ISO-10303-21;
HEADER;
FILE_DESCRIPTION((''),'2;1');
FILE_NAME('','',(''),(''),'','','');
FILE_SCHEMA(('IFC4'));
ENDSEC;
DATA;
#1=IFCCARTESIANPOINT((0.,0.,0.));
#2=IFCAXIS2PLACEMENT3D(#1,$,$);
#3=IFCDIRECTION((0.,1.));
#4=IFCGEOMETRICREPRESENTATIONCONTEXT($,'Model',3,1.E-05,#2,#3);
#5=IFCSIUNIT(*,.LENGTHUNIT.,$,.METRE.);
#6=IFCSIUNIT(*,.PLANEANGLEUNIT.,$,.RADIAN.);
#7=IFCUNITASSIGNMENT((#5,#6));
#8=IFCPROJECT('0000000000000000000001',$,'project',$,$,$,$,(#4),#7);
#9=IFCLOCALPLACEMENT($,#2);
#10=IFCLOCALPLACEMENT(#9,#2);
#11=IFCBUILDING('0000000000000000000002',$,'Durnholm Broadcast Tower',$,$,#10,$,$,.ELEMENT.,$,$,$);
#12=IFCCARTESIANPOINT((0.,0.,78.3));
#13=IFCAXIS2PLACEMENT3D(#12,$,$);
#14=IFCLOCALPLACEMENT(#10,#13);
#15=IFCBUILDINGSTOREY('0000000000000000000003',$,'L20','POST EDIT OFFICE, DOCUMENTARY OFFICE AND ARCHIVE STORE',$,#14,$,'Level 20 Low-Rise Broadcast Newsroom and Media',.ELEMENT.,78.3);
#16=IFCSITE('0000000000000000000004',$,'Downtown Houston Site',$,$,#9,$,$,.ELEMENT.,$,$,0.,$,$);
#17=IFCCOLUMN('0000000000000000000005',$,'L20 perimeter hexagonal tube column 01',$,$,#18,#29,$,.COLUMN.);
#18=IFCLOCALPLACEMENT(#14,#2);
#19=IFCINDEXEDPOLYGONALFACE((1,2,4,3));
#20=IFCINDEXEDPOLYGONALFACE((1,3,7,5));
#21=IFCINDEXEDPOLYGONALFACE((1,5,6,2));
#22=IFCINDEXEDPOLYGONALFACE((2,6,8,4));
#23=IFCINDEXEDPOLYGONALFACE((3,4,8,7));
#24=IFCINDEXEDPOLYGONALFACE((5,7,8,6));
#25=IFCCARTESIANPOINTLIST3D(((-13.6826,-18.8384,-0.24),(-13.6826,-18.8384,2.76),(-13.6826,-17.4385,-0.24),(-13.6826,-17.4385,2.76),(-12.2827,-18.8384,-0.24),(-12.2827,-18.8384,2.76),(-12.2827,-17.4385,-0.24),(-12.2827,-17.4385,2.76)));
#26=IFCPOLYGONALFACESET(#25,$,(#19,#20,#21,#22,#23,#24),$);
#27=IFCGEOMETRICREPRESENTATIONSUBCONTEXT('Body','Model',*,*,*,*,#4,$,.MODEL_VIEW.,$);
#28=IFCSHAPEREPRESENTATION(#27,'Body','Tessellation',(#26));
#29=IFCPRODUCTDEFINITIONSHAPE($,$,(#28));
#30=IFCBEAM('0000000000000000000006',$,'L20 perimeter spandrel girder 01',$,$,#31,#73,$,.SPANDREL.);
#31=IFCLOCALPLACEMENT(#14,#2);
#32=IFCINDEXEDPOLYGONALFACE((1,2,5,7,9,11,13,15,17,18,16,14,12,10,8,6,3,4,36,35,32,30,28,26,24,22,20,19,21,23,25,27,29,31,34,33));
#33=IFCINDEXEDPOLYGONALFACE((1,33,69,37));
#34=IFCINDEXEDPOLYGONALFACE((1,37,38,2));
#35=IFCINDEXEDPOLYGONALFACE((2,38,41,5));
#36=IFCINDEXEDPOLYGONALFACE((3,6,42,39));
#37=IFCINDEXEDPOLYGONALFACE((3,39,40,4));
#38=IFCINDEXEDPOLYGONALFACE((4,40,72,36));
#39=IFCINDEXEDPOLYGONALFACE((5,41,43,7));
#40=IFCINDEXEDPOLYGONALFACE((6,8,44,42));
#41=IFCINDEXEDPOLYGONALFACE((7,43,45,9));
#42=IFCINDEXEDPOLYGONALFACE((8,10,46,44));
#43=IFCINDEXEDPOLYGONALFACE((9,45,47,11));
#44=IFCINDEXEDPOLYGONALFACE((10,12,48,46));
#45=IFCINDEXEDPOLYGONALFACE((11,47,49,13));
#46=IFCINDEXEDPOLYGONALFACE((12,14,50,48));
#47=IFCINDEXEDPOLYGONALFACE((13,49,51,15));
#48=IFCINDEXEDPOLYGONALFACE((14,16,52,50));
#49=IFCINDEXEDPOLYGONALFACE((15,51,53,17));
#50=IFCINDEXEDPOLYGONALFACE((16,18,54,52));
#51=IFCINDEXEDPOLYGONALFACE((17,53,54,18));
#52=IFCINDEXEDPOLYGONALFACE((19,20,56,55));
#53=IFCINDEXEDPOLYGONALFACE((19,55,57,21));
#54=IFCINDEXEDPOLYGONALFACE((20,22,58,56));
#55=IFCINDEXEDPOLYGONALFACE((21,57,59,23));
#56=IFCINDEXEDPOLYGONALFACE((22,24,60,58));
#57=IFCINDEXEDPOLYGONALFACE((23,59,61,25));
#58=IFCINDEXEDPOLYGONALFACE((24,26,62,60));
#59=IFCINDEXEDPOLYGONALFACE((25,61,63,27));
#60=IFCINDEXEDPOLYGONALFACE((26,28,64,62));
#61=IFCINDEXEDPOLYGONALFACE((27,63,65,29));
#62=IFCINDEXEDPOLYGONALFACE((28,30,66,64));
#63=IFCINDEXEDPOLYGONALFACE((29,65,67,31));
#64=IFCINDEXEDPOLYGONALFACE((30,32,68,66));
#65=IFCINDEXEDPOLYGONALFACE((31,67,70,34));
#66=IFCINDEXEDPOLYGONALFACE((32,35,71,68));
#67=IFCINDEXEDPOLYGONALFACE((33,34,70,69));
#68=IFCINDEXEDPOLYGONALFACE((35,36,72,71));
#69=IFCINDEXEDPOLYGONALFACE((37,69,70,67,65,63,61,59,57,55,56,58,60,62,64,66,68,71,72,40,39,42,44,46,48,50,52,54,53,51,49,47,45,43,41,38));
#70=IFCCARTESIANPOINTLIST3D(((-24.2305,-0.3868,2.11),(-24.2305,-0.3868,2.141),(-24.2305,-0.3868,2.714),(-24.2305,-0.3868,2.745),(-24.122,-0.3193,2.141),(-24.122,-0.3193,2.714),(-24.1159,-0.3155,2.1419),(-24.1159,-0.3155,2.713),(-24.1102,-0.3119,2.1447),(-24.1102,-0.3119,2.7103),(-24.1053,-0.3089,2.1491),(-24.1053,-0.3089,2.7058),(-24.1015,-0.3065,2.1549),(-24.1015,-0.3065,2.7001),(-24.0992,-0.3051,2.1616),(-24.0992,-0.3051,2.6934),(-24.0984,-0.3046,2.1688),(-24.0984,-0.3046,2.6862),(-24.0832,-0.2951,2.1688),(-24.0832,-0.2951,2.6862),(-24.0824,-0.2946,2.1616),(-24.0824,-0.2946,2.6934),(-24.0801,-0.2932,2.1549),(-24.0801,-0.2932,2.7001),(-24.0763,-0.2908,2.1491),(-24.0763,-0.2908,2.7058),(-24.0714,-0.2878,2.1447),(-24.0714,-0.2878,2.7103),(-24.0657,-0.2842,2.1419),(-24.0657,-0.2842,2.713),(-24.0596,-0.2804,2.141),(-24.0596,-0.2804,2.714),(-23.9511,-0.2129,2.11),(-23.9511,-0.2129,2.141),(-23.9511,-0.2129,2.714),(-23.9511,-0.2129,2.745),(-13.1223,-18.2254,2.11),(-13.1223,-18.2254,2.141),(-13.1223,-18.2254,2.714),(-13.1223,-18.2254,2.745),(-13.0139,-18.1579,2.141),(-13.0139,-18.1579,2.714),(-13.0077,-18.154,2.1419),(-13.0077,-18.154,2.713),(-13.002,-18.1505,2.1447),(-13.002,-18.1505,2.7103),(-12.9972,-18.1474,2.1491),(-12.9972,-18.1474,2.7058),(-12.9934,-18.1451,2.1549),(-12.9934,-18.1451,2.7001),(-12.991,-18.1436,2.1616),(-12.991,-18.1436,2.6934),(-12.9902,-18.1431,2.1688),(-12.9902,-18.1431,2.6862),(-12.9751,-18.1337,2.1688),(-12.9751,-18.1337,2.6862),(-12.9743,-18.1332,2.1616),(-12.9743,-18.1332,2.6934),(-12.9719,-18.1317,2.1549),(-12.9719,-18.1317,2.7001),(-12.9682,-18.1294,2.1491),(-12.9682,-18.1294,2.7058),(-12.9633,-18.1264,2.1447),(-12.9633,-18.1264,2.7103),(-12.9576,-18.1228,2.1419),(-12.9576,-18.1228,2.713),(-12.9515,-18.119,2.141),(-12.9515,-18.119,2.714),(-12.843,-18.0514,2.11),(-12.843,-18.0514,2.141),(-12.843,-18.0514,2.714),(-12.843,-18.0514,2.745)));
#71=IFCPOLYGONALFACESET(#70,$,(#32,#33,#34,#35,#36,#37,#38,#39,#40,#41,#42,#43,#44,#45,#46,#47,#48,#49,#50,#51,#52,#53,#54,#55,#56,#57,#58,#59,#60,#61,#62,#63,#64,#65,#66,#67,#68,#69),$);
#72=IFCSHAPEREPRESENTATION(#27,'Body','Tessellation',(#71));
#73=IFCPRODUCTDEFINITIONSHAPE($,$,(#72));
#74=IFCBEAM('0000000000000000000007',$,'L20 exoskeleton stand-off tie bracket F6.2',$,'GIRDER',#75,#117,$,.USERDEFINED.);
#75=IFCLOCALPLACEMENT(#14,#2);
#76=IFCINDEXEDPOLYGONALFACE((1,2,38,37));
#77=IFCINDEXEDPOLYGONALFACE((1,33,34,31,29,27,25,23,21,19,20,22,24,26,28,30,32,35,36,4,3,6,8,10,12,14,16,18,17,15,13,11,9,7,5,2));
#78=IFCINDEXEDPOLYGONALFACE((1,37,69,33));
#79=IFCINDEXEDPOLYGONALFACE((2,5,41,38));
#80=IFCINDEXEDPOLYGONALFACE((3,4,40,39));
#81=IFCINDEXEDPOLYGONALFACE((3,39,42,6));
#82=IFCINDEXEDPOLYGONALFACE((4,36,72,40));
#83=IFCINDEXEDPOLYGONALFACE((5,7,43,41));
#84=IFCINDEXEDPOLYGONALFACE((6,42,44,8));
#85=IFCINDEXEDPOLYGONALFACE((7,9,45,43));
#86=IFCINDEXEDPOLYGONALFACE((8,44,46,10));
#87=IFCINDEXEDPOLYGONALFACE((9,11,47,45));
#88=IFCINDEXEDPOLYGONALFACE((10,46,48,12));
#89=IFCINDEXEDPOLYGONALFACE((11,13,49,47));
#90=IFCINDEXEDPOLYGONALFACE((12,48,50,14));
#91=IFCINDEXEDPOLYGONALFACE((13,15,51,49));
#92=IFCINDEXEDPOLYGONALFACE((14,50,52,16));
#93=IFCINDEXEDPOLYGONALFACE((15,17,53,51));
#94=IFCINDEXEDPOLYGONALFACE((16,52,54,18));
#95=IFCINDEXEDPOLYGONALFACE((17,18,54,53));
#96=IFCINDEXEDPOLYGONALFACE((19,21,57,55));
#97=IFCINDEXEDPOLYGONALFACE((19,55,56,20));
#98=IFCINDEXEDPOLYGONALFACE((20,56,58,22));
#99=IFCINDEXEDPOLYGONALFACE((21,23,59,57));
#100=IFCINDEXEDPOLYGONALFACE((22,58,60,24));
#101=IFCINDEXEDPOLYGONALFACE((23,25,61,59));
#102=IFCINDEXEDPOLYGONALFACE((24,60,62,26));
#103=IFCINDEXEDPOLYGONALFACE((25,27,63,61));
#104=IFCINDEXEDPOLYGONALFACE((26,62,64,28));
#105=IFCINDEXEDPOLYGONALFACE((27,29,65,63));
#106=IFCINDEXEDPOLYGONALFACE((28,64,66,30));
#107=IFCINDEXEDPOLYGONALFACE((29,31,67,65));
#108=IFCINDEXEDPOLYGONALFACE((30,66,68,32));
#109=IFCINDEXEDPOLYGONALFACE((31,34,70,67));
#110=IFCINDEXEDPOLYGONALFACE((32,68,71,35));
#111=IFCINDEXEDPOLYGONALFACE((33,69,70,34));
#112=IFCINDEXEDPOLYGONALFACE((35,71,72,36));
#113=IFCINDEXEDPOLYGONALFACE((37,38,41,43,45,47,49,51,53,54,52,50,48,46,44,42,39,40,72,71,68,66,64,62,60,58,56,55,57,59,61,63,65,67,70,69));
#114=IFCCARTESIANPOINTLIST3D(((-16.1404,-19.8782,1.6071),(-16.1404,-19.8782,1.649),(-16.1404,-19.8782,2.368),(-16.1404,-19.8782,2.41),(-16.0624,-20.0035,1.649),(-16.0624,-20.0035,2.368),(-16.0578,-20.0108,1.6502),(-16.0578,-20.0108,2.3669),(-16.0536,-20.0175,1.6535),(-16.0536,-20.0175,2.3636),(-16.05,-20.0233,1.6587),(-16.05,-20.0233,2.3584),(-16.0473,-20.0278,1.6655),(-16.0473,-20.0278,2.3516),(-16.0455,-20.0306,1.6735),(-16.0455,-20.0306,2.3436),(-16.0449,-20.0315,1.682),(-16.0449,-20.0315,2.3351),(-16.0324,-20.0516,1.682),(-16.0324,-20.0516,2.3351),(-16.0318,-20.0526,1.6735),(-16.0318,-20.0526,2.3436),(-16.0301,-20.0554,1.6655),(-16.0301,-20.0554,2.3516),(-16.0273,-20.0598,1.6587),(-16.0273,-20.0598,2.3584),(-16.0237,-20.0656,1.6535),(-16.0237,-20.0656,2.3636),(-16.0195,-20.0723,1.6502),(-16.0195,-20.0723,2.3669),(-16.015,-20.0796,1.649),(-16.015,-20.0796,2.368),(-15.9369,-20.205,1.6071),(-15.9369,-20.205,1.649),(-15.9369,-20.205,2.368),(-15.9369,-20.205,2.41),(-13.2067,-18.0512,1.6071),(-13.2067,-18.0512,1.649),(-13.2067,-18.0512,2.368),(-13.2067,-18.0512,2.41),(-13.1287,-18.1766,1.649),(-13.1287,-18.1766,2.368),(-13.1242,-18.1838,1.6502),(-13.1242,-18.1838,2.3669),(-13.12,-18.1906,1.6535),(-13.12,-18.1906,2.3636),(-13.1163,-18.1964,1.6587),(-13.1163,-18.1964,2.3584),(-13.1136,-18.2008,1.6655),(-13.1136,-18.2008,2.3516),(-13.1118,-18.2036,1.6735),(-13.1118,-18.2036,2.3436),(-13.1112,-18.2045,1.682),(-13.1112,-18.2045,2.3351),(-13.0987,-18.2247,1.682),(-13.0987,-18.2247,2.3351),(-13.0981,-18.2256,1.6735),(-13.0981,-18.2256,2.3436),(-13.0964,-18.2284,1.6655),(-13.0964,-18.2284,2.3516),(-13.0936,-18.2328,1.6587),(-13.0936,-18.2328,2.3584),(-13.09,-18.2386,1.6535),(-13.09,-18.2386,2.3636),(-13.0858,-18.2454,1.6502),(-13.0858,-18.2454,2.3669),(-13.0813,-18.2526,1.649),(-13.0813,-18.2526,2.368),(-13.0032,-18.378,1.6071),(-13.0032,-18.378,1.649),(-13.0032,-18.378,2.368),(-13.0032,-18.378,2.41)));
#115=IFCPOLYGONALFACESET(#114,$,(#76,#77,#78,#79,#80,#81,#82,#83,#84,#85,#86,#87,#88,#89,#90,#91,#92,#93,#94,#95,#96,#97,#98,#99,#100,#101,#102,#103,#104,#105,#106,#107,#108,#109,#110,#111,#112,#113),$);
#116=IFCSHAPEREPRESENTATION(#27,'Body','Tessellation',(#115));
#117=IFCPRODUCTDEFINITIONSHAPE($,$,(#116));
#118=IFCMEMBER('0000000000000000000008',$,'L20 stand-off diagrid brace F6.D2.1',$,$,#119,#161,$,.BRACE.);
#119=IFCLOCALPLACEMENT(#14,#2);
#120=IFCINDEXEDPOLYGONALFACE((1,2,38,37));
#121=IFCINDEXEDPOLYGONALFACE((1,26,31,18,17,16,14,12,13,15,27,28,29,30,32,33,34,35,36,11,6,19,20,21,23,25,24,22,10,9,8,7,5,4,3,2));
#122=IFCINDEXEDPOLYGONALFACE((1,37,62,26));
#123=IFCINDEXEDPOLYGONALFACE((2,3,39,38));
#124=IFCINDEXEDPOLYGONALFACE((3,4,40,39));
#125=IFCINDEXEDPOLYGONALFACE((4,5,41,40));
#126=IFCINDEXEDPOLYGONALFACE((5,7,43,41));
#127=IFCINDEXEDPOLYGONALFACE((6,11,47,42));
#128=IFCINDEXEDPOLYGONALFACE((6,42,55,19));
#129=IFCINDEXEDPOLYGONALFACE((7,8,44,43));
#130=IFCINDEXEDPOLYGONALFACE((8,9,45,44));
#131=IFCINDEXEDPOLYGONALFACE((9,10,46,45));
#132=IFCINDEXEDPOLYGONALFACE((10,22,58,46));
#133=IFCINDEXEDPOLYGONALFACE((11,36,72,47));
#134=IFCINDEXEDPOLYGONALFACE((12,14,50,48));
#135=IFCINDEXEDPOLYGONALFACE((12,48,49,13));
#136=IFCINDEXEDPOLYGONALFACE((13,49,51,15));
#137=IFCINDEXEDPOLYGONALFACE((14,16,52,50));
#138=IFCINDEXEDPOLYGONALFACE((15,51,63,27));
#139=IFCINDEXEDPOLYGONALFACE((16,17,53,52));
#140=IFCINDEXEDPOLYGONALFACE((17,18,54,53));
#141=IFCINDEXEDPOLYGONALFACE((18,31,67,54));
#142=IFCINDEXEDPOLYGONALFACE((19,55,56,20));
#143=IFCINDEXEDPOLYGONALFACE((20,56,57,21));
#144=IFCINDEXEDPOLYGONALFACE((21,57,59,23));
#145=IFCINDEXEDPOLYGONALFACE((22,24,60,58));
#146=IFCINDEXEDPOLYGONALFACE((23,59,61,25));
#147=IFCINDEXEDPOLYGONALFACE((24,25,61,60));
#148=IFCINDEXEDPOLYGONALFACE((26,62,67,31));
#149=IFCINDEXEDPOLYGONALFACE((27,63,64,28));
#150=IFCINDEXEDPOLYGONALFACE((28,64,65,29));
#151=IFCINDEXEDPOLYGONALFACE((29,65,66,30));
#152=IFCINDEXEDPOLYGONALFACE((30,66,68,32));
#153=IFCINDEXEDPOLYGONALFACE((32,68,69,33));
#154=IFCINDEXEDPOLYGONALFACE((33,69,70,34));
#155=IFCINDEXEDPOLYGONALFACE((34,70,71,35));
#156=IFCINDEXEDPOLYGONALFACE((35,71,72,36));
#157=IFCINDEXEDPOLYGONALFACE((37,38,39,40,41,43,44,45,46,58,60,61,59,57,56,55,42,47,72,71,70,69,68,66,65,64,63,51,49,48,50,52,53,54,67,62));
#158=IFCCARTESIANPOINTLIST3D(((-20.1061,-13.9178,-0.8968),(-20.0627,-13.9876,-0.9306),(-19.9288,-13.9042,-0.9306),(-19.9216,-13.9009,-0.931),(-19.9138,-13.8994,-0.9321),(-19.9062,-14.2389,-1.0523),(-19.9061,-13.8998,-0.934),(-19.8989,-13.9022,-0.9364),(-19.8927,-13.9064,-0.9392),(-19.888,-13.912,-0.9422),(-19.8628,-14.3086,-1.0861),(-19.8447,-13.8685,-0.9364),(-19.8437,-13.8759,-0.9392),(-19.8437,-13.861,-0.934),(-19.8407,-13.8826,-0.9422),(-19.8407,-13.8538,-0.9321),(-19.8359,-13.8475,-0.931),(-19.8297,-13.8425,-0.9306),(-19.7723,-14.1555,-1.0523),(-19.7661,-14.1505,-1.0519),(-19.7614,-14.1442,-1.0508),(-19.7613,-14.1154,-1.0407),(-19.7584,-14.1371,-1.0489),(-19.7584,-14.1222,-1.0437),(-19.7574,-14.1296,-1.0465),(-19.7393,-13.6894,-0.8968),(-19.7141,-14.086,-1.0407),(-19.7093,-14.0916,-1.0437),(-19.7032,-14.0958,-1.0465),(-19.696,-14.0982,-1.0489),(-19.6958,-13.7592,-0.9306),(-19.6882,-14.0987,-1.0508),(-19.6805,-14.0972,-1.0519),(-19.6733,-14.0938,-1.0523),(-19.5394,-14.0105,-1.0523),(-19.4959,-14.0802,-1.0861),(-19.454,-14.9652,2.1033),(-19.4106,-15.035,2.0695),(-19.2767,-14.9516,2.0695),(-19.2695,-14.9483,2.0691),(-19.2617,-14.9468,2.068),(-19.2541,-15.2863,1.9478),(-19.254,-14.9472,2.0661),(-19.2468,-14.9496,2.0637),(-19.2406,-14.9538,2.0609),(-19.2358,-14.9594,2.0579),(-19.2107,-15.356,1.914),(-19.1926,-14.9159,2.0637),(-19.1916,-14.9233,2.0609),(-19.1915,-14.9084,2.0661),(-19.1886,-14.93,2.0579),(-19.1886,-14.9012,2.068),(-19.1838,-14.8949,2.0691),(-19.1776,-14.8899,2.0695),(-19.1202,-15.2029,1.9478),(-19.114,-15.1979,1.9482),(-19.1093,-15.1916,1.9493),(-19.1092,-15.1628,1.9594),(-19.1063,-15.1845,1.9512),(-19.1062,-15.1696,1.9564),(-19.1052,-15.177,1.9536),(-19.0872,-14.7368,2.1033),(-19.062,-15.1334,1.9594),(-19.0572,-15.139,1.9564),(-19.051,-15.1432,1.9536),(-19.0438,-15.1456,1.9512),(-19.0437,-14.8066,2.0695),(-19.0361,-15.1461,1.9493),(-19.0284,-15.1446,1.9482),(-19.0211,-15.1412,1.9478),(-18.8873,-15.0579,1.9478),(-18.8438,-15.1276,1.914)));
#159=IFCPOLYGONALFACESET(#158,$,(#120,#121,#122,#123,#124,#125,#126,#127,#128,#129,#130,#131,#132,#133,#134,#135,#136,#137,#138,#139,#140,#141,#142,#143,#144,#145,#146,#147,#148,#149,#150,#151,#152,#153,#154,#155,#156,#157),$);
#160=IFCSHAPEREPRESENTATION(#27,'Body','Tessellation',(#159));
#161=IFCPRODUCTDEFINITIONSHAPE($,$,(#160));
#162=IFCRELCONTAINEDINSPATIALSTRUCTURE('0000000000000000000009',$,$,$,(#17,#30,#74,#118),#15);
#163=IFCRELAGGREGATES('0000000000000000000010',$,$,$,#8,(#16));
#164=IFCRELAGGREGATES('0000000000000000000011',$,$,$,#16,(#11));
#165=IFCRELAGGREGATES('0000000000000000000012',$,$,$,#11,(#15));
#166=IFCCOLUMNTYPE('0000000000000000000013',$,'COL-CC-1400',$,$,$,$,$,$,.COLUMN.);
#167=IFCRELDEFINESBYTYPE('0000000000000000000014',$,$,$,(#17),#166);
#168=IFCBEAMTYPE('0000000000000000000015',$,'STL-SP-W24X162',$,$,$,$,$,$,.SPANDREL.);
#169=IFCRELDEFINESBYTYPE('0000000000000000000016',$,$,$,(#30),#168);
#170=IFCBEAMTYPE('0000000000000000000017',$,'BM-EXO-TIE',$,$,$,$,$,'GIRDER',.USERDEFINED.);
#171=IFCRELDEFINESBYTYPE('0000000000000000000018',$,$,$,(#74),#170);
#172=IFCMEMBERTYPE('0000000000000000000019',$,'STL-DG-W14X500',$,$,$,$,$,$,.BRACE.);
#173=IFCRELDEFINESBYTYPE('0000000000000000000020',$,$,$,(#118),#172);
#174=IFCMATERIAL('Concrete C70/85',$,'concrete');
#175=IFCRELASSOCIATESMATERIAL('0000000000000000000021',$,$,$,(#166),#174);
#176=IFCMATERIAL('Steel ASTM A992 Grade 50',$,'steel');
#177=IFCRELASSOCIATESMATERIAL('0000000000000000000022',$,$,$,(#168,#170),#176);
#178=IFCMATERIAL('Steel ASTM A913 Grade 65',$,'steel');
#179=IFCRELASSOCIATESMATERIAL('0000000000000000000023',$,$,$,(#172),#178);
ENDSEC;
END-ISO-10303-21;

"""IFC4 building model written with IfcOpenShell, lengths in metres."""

from ifc_helpers import new_model, si_unit, direction, frame, origin, origin_2d, place, context, subcontext, project, spatial, rectangle, i_section, extrude, source, transform, mapped, material, material_profile, profile_set, type_object, type_shapes, element, save


model = new_model("IFC4")

# Units and contexts
model_context = context("Model", 3, precision=1e-05, world=origin(), true_north=direction((0.0, 1.0)))
body_context = subcontext(model_context, "Body", "Model", "MODEL_VIEW")
ifc_project = project(units=[si_unit("LENGTHUNIT", "METRE"), si_unit("PLANEANGLEUNIT", "RADIAN")], contexts=[model_context])

# Site, building, storey
site_placement = place(None, origin())
site = spatial("IfcSite", under=ifc_project, at=site_placement, Name="Downtown Houston Site", CompositionType="ELEMENT", RefElevation=0.0)
building_placement = place(site_placement, origin())
building = spatial("IfcBuilding", under=site, at=building_placement, Name="Durnholm Broadcast Tower", CompositionType="ELEMENT")
storey_placement = place(building_placement, frame((0.0, 0.0, 78.3)))
storey = spatial("IfcBuildingStorey", under=building, at=storey_placement, Name="L20", Description="POST EDIT OFFICE, DOCUMENTARY OFFICE AND ARCHIVE STORE", LongName="Level 20 Low-Rise Broadcast Newsroom and Media", CompositionType="ELEMENT", Elevation=78.3)

# Column
ifc_material_1 = material(Name="Concrete C70/85", Category="concrete")
ifc_material_profile_1 = material_profile(ifc_material_1, rectangle(XDim=1.3999, YDim=1.3999, at=origin_2d()), Name="RC1400X1400")
ifc_profile_set_1 = profile_set([ifc_material_profile_1], Name="Concrete C70/85")
column_type = type_object("IfcColumnType", Name="COL-CC-1400", PredefinedType="COLUMN", material=ifc_profile_set_1)
shared_shape_1 = source(origin(), body_context, "Body", "SweptSolid", [
    extrude(rectangle(XDim=1.3999, YDim=1.3999, at=origin_2d()), origin(), (0.0, 0.0, 1.0), 3.0),
])
type_shapes(column_type, [shared_shape_1])
column_placement = place(storey_placement, frame((-12.9827, -18.1384, -0.24), z_axis=(0.0, 0.0, 1.0), x_axis=(1.0, 0.0, 0.0)))
element("IfcColumn", 1, at=column_placement, inside=storey, type_object=column_type, Name="L20 perimeter hexagonal tube column 01", PredefinedType="COLUMN", context=body_context, shape_type="MappedRepresentation", body=[
    mapped(shared_shape_1, transform((0.0, 0.0, 0.0), x_axis=(1.0, 0.0, 0.0), y_axis=(0.0, 1.0, 0.0), z_axis=(0.0, 0.0, 1.0), scale=1.0)),
])

# Beams
ifc_material_2 = material(Name="Steel ASTM A992 Grade 50", Category="steel")
ifc_material_profile_2 = material_profile(ifc_material_2, i_section(OverallWidth=0.3291, OverallDepth=0.635, WebThickness=0.0178, FlangeThickness=0.031, FilletRadius=0.0278, at=origin_2d()), Name="W24X162")
ifc_profile_set_2 = profile_set([ifc_material_profile_2], Name="Steel ASTM A992 Grade 50")
beam_type_1 = type_object("IfcBeamType", Name="STL-SP-W24X162", PredefinedType="SPANDREL", material=ifc_profile_set_2)
shared_shape_2 = source(origin(), body_context, "Body", "SweptSolid", [
    extrude(i_section(OverallWidth=0.3291, OverallDepth=0.635, WebThickness=0.0178, FlangeThickness=0.031, FilletRadius=0.0278, at=origin_2d()), origin(), (0.0, 0.0, 1.0), 21.0144),
])
type_shapes(beam_type_1, [shared_shape_2])
beam_1_placement = place(storey_placement, frame((-12.9827, -18.1384, 2.4275), z_axis=(-0.528596, 0.848874, 0.0), x_axis=(-0.848874, -0.528596, 0.0)))
element("IfcBeam", 2, at=beam_1_placement, inside=storey, type_object=beam_type_1, Name="L20 perimeter spandrel girder 01", PredefinedType="SPANDREL", context=body_context, shape_type="MappedRepresentation", body=[
    mapped(shared_shape_2, transform((0.0, 0.0, 0.0), x_axis=(1.0, 0.0, 0.0), y_axis=(0.0, 1.0, 0.0), z_axis=(0.0, 0.0, 1.0), scale=1.0)),
])
ifc_material_profile_3 = material_profile(ifc_material_2, i_section(OverallWidth=0.385, OverallDepth=0.803, WebThickness=0.0237, FlangeThickness=0.042, FilletRadius=0.033, at=origin_2d()), Name="W30X261")
ifc_profile_set_3 = profile_set([ifc_material_profile_3], Name="Steel ASTM A992 Grade 50")
beam_type_2 = type_object("IfcBeamType", Name="BM-EXO-TIE", ElementType="GIRDER", PredefinedType="USERDEFINED", material=ifc_profile_set_3)
shared_shape_3 = source(origin(), body_context, "Body", "SweptSolid", [
    extrude(i_section(OverallWidth=0.385, OverallDepth=0.803, WebThickness=0.0237, FlangeThickness=0.042, FilletRadius=0.033, at=origin_2d()), origin(), (0.0, 0.0, 1.0), 3.4561),
])
type_shapes(beam_type_2, [shared_shape_3])
beam_2_placement = place(storey_placement, frame((-13.105, -18.2146, 2.0085), z_axis=(-0.848854, -0.528627, 0.0), x_axis=(0.528627, -0.848854, 0.0)))
element("IfcBeam", 3, at=beam_2_placement, inside=storey, type_object=beam_type_2, Name="L20 exoskeleton stand-off tie bracket F6.2", ObjectType="GIRDER", PredefinedType="USERDEFINED", context=body_context, shape_type="MappedRepresentation", body=[
    mapped(shared_shape_3, transform((0.0, 0.0, 0.0), x_axis=(1.0, 0.0, 0.0), y_axis=(0.0, 1.0, 0.0), z_axis=(0.0, 0.0, 1.0), scale=1.0)),
])

# Member
ifc_material_3 = material(Name="Steel ASTM A913 Grade 65", Category="steel")
ifc_material_profile_4 = material_profile(ifc_material_3, i_section(OverallWidth=0.4321, OverallDepth=0.4978, WebThickness=0.0557, FlangeThickness=0.0889, FilletRadius=0.0305, at=origin_2d()), Name="W14X500")
ifc_profile_set_4 = profile_set([ifc_material_profile_4], Name="Steel ASTM A913 Grade 65")
member_type_1 = type_object("IfcMemberType", Name="STL-DG-W14X500", PredefinedType="BRACE", material=ifc_profile_set_4)
shared_shape_4 = source(origin(), body_context, "Body", "SweptSolid", [
    extrude(i_section(OverallWidth=0.4321, OverallDepth=0.4978, WebThickness=0.0557, FlangeThickness=0.0889, FilletRadius=0.0305, at=origin_2d()), origin(), (0.0, 0.0, 1.0), 3.2439),
])
type_shapes(member_type_1, [shared_shape_4])
for number, where, z_axis, x_axis, name in (
    (4, (-19.801, -13.999, -0.9915), (0.20103, -0.322882, 0.924843), (0.848909, 0.52854, 0.0), "L20 stand-off diagrid brace F6.D2.1"),
):
    element("IfcMember", number, at=place(storey_placement, frame(where, z_axis=z_axis, x_axis=x_axis)), inside=storey, type_object=member_type_1, Name=name, PredefinedType="BRACE", context=body_context, shape_type="MappedRepresentation", body=[
        mapped(shared_shape_4, transform((0.0, 0.0, 0.0), x_axis=(1.0, 0.0, 0.0), y_axis=(0.0, 1.0, 0.0), z_axis=(0.0, 0.0, 1.0), scale=1.0)),
    ])

save(model, "model.ifc")
